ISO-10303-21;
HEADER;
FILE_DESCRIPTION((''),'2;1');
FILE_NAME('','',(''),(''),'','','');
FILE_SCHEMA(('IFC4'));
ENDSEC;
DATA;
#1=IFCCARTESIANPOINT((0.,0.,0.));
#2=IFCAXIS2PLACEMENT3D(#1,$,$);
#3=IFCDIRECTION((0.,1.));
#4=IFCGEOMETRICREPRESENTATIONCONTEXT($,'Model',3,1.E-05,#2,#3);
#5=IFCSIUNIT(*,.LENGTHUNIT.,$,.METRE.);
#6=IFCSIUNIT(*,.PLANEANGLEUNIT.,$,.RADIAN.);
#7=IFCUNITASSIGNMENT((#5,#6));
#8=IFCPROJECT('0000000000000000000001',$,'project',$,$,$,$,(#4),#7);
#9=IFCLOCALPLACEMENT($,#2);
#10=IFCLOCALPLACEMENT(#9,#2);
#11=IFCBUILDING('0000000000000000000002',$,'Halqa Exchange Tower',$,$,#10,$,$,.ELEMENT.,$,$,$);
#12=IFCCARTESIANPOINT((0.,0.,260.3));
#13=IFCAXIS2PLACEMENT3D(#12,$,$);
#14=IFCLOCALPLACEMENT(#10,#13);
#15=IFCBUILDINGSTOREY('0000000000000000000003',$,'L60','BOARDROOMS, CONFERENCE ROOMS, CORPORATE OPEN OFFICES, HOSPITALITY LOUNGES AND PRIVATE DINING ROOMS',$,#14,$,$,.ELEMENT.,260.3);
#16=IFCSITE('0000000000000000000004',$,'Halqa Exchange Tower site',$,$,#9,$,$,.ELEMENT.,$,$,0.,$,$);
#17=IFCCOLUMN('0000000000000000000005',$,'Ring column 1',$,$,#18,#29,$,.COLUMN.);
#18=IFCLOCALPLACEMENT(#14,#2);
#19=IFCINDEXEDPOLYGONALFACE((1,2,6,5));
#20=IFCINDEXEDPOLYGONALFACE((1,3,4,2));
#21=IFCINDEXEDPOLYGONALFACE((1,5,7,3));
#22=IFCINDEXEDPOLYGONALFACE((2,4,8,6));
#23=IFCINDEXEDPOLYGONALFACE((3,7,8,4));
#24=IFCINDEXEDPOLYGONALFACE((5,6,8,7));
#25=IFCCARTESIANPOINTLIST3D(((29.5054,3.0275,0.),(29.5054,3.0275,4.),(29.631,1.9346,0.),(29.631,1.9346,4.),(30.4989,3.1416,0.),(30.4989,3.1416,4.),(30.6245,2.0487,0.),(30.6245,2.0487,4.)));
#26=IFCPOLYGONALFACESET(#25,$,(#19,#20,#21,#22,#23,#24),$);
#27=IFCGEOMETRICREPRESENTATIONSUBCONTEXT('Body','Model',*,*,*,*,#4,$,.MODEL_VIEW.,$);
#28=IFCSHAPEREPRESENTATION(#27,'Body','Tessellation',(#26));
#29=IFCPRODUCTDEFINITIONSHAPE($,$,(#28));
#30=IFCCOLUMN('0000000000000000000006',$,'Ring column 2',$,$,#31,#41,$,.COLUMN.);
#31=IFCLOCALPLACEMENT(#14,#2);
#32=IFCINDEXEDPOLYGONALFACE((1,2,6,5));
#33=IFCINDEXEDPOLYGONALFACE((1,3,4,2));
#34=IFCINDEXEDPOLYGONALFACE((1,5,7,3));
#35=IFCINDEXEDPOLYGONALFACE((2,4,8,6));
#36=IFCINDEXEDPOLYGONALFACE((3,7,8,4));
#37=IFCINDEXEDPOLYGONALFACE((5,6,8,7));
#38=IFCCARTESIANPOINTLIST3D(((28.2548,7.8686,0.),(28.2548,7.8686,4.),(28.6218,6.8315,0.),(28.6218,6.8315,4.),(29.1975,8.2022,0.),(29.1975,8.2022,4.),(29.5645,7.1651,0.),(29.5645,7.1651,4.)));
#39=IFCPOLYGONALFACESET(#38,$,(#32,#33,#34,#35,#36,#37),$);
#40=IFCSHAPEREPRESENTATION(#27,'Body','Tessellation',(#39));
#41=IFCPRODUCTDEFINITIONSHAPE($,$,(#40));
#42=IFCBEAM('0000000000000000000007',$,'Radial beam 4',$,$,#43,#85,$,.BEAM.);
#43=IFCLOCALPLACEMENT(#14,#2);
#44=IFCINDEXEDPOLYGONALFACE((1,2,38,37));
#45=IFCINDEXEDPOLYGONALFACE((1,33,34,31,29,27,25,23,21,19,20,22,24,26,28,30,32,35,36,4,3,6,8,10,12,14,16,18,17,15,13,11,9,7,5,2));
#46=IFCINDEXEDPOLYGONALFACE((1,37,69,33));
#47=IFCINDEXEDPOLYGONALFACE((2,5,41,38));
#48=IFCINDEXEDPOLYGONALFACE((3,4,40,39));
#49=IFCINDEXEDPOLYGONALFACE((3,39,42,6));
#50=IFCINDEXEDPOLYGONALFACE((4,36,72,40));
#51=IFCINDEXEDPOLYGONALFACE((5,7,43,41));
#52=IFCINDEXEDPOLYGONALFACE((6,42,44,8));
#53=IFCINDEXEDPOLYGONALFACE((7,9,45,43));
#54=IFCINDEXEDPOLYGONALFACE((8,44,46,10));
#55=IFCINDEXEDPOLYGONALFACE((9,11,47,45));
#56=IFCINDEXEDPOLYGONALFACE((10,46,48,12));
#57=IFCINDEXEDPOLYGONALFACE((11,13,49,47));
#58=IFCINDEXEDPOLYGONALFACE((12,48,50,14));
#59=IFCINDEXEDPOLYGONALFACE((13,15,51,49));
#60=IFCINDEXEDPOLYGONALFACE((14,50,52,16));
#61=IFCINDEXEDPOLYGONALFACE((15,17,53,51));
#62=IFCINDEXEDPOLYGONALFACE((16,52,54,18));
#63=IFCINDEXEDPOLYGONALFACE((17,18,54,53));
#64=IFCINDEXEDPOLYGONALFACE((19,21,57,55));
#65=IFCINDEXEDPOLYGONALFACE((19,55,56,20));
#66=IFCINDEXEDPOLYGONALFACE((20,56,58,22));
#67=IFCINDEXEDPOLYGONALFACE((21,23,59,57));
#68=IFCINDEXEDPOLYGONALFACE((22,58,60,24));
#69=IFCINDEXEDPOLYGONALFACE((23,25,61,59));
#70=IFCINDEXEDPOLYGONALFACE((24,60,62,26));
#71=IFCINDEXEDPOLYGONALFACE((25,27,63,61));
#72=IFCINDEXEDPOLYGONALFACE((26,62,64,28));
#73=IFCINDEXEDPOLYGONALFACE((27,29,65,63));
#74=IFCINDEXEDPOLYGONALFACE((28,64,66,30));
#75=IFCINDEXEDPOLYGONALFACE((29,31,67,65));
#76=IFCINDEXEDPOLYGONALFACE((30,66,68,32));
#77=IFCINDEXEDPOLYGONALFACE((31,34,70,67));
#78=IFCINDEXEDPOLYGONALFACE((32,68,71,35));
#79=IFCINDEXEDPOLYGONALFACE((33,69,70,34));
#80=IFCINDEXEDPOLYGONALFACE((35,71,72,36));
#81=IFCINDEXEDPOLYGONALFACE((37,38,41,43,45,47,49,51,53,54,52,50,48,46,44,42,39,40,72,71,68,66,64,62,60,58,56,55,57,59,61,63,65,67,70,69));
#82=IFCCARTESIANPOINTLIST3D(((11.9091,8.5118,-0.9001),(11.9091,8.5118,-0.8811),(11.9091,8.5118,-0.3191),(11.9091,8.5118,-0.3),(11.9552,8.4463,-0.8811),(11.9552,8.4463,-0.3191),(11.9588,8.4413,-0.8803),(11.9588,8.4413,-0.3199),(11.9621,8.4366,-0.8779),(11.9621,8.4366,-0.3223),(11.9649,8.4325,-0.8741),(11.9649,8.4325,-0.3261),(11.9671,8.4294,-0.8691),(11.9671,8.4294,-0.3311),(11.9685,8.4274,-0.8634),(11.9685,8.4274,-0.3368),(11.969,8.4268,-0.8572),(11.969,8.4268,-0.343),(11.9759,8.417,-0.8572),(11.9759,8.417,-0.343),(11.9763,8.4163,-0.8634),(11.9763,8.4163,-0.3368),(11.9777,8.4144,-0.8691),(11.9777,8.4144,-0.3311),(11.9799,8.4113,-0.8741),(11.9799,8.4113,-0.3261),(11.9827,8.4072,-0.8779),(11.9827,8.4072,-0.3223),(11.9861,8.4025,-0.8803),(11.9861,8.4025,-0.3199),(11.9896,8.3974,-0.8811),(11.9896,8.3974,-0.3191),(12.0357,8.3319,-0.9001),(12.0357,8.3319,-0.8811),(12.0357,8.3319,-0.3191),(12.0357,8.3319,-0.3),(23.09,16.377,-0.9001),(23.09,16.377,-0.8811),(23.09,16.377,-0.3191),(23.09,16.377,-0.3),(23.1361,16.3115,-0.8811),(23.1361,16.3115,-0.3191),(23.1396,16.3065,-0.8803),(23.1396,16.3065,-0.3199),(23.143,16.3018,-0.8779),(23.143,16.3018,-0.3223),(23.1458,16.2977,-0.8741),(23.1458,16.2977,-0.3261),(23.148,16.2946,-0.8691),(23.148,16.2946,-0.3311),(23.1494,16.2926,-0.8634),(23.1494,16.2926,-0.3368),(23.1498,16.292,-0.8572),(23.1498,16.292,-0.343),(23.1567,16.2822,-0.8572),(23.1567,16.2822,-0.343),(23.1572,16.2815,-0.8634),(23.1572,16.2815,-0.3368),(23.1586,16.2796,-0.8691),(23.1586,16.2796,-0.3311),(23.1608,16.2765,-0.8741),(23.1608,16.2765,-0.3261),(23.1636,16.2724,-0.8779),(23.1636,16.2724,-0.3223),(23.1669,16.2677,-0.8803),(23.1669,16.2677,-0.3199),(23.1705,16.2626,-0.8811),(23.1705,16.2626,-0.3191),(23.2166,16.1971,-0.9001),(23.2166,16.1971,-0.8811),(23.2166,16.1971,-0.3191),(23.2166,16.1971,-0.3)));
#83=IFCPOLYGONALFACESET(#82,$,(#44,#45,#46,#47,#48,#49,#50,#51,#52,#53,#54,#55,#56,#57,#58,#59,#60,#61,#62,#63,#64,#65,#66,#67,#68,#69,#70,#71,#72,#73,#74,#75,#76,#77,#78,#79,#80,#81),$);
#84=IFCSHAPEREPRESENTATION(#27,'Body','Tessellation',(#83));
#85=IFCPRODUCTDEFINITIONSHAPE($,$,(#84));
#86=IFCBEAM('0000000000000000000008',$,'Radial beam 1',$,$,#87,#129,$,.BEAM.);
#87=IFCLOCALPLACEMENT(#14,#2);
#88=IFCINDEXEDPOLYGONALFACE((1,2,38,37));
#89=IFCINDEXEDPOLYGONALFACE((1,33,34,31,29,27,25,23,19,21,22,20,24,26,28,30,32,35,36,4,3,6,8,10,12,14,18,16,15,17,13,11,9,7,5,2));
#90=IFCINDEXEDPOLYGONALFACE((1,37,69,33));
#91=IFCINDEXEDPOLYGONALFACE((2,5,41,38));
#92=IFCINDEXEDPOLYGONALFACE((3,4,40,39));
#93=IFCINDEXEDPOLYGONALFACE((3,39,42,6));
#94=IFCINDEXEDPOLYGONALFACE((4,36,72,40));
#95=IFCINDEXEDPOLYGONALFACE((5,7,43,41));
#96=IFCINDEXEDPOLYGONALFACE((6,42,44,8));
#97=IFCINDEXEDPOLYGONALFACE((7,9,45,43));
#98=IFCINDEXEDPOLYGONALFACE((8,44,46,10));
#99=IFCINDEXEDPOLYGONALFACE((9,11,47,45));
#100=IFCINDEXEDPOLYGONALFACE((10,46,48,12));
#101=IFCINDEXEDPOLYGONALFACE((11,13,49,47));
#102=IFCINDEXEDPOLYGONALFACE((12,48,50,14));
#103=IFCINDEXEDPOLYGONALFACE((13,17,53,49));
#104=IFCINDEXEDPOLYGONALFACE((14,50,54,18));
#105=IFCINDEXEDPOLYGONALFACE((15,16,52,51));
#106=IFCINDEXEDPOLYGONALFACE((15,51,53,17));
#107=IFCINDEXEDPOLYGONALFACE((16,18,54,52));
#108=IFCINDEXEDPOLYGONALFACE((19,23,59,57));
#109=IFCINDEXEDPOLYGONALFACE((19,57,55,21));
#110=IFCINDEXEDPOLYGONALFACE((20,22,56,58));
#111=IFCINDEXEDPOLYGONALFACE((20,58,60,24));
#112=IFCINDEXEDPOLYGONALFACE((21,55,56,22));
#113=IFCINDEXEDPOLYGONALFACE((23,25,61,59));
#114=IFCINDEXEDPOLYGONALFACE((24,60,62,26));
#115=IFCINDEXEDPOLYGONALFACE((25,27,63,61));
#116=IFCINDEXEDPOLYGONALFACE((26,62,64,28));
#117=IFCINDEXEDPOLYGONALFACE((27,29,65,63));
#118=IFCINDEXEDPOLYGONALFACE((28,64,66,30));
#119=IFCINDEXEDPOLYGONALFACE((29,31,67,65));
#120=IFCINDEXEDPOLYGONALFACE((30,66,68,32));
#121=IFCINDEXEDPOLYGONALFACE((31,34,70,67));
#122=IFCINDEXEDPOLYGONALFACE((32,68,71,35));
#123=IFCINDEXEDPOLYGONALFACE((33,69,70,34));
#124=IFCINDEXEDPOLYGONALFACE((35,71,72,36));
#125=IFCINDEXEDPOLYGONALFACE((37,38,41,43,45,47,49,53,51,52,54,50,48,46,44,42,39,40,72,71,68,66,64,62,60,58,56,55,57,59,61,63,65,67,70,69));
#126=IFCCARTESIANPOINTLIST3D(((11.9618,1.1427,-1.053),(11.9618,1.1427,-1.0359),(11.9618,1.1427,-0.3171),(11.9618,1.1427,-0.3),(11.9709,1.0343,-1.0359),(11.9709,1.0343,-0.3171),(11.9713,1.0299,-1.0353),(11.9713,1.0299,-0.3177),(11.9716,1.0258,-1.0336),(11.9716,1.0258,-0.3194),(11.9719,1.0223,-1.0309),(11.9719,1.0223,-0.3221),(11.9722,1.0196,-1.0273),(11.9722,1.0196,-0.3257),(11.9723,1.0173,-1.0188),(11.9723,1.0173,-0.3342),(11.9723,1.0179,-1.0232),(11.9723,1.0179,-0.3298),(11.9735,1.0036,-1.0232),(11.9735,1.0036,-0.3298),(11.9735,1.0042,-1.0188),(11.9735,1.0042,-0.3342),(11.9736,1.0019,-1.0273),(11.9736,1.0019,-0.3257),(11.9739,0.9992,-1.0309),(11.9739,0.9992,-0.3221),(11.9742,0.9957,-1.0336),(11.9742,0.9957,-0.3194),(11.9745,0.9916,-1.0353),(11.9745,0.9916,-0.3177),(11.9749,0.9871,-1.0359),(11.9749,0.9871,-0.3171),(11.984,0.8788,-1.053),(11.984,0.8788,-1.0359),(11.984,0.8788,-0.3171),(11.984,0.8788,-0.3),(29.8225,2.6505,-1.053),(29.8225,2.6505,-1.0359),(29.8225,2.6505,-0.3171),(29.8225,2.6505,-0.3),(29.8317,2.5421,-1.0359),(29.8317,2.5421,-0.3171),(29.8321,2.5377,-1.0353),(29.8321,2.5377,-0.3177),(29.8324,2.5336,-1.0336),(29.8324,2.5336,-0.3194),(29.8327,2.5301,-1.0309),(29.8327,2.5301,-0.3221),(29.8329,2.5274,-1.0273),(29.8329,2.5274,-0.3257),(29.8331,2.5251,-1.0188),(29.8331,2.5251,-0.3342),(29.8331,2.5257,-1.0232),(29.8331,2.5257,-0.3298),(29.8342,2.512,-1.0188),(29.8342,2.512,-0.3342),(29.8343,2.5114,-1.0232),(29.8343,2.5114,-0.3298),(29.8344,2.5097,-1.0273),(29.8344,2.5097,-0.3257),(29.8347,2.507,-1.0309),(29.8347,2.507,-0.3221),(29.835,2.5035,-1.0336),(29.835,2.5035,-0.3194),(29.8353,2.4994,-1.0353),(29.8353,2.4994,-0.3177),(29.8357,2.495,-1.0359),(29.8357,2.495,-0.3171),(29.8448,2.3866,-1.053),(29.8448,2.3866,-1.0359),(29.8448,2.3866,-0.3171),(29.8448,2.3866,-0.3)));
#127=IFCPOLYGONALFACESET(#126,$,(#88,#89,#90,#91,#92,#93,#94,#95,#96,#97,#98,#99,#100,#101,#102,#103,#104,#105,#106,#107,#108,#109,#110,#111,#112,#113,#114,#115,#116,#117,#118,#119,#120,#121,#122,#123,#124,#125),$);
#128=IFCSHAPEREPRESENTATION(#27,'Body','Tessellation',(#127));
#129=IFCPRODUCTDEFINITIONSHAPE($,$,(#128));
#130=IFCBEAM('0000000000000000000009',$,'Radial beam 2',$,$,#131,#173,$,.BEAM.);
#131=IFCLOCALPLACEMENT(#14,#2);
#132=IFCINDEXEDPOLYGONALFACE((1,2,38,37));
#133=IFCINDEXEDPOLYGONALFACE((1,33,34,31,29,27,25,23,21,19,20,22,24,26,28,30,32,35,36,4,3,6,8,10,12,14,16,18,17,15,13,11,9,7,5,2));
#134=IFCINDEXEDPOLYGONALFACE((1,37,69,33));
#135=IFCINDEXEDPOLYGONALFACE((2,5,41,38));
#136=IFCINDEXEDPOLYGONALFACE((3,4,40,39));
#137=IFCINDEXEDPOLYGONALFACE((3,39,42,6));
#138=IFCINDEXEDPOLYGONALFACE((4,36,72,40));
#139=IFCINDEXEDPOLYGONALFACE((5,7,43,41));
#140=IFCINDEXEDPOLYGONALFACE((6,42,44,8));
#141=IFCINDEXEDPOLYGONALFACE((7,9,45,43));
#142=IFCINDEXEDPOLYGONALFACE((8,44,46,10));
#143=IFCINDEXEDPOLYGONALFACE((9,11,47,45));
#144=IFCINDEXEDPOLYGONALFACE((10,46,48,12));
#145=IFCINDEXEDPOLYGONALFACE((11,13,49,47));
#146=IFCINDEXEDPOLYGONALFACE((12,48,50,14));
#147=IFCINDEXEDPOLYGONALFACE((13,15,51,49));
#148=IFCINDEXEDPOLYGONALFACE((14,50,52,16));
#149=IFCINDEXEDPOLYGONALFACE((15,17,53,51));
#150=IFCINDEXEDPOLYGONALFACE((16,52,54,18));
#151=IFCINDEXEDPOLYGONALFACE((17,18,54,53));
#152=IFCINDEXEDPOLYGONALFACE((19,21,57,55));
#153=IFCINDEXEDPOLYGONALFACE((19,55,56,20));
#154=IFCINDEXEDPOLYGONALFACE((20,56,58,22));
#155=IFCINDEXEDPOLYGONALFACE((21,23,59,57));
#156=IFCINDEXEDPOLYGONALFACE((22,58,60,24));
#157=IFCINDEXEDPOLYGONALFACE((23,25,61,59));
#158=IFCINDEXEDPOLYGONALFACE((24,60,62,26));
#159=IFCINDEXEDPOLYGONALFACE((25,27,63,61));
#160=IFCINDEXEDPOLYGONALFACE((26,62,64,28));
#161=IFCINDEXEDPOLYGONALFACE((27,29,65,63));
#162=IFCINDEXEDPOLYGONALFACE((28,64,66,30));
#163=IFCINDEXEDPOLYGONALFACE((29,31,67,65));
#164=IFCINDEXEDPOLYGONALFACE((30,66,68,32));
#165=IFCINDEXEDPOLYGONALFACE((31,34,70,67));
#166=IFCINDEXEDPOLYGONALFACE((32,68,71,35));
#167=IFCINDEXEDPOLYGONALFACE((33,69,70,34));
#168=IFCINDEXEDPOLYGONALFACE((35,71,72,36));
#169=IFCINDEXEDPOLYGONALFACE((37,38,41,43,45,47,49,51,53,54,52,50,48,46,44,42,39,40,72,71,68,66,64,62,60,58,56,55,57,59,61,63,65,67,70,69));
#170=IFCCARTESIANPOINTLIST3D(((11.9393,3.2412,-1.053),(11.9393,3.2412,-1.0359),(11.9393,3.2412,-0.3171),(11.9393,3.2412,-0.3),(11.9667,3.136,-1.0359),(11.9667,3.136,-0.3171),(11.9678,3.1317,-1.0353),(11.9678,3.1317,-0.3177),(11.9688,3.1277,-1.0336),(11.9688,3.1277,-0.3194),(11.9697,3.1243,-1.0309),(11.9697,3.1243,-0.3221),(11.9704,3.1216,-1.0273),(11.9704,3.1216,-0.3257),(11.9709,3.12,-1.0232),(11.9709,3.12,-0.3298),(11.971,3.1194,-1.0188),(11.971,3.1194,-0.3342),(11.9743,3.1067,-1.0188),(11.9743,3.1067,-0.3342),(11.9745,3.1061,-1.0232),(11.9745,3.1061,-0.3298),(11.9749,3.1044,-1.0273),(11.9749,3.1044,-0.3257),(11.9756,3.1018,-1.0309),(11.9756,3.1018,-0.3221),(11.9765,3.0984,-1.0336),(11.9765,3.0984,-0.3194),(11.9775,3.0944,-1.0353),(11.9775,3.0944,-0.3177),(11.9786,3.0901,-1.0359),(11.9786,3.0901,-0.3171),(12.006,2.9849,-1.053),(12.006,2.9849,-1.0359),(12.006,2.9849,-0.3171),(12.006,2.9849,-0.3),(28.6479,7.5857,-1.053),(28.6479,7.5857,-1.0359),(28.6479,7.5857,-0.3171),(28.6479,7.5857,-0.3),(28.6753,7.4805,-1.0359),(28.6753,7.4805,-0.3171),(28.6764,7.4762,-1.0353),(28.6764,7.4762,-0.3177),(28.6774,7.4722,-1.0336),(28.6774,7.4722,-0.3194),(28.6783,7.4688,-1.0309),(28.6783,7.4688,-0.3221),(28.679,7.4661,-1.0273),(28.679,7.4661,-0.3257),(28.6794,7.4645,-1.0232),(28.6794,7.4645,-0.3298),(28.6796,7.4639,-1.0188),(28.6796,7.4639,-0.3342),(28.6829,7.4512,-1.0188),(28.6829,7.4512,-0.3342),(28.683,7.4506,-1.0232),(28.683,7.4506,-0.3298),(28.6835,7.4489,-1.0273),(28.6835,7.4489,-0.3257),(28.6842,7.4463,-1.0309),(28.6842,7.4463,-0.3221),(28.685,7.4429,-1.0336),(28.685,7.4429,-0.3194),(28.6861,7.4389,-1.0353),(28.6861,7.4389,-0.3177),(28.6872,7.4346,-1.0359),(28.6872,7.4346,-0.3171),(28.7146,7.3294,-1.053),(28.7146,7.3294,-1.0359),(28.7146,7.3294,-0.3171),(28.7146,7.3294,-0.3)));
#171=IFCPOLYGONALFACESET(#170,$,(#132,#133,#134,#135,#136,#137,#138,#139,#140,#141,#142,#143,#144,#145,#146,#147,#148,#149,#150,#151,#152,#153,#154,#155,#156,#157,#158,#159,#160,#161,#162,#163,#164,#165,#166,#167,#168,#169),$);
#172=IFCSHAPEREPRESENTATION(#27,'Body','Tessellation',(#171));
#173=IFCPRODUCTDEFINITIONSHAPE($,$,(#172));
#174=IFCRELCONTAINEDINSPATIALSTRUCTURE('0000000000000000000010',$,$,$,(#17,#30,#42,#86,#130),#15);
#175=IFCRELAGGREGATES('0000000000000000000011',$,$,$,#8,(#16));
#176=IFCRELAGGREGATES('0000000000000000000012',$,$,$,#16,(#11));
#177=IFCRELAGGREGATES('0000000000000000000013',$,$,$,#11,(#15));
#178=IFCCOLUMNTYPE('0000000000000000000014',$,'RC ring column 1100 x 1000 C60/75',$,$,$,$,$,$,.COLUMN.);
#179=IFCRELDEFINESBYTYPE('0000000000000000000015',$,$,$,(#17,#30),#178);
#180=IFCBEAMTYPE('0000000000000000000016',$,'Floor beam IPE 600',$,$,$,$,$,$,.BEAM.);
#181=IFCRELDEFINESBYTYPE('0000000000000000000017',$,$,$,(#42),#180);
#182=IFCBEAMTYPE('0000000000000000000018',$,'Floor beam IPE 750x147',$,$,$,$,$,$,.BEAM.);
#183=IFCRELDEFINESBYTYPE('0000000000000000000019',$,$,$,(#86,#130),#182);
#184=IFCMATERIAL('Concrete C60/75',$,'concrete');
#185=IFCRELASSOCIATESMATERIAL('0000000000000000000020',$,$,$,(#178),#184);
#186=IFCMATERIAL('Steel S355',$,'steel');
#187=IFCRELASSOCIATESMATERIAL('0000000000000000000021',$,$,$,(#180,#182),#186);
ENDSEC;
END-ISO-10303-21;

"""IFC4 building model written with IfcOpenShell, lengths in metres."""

from ifc_helpers import new_model, si_unit, direction, frame, origin, origin_2d, place, context, subcontext, project, spatial, rectangle, i_section, extrude, material, material_profile, profile_set, type_object, element, save


model = new_model("IFC4")

# Units and contexts
model_context = context("Model", 3, precision=1e-05, world=origin(), true_north=direction((0.0, 1.0)))
body_context = subcontext(model_context, "Body", "Model", "MODEL_VIEW")
ifc_project = project(units=[si_unit("LENGTHUNIT", "METRE"), si_unit("PLANEANGLEUNIT", "RADIAN")], contexts=[model_context])

# Site, building, storey
site_placement = place(None, origin())
site = spatial("IfcSite", under=ifc_project, at=site_placement, Name="Halqa Exchange Tower site", CompositionType="ELEMENT", RefElevation=0.0)
building_placement = place(site_placement, origin())
building = spatial("IfcBuilding", under=site, at=building_placement, Name="Halqa Exchange Tower", CompositionType="ELEMENT")
storey_placement = place(building_placement, frame((0.0, 0.0, 260.3)))
storey = spatial("IfcBuildingStorey", under=building, at=storey_placement, Name="L60", Description="BOARDROOMS, CONFERENCE ROOMS, CORPORATE OPEN OFFICES, HOSPITALITY LOUNGES AND PRIVATE DINING ROOMS", CompositionType="ELEMENT", Elevation=260.3)

# Columns
ifc_material_1 = material(Name="Concrete C60/75", Category="concrete")
ifc_material_profile_1 = material_profile(ifc_material_1, rectangle(XDim=1.1001, YDim=1.0, at=origin_2d()), Name="1100 x 1000")
ifc_profile_set_1 = profile_set([ifc_material_profile_1], Name="Concrete C60/75")
column_type = type_object("IfcColumnType", Name="RC ring column 1100 x 1000 C60/75", PredefinedType="COLUMN", material=ifc_profile_set_1)
for number, where, z_axis, x_axis, name in (
    (1, (30.0649, 2.5381, 0.0), (0.0, 0.0, 1.0), (-0.114159, 0.993463, 0.0), "Ring column 1"),
    (2, (28.9097, 7.5168, 0.0), (0.0, 0.0, 1.0), (-0.333623, 0.942707, 0.0), "Ring column 2"),
):
    element("IfcColumn", number, at=place(storey_placement, frame(where, z_axis=z_axis, x_axis=x_axis)), inside=storey, type_object=column_type, Name=name, PredefinedType="COLUMN", context=body_context, shape_type="SweptSolid", body=[
        extrude(rectangle(XDim=1.1001, YDim=1.0, at=origin_2d()), origin(), (0.0, 0.0, 1.0), 4.0),
    ])

# Beams
ifc_material_2 = material(Name="Steel S355", Category="steel")
ifc_material_profile_2 = material_profile(ifc_material_2, i_section(OverallWidth=0.22, OverallDepth=0.6001, WebThickness=0.012, FlangeThickness=0.019, FilletRadius=0.0239, at=origin_2d()), Name="IPE 600")
ifc_profile_set_2 = profile_set([ifc_material_profile_2], Name="Steel S355")
beam_type_1 = type_object("IfcBeamType", Name="Floor beam IPE 600", PredefinedType="BEAM", material=ifc_profile_set_2)
beam_1_placement = place(storey_placement, frame((11.9724, 8.4219, -0.6001), z_axis=(0.817903, 0.575356, 0.0), x_axis=(-0.575356, 0.817903, 0.0)))
element("IfcBeam", 3, at=beam_1_placement, inside=storey, type_object=beam_type_1, Name="Radial beam 4", PredefinedType="BEAM", context=body_context, shape_type="SweptSolid", body=[
    extrude(i_section(OverallWidth=0.22, OverallDepth=0.6001, WebThickness=0.012, FlangeThickness=0.019, FilletRadius=0.0239, at=origin_2d()), origin(), (0.0, 0.0, 1.0), 13.6702),
])
ifc_material_profile_3 = material_profile(ifc_material_2, i_section(OverallWidth=0.2649, OverallDepth=0.7529, WebThickness=0.0132, FlangeThickness=0.0171, FilletRadius=0.0171, at=origin_2d()), Name="IPE 750x147")
ifc_profile_set_3 = profile_set([ifc_material_profile_3], Name="Steel S355")
beam_type_2 = type_object("IfcBeamType", Name="Floor beam IPE 750x147", PredefinedType="BEAM", material=ifc_profile_set_3)
beam_2_placement = place(storey_placement, frame((11.9729, 1.0107, -0.6765), z_axis=(0.996456, 0.084121, 0.0), x_axis=(-0.084121, 0.996456, 0.0)))
element("IfcBeam", 4, at=beam_2_placement, inside=storey, type_object=beam_type_2, Name="Radial beam 1", PredefinedType="BEAM", context=body_context, shape_type="SweptSolid", body=[
    extrude(i_section(OverallWidth=0.2649, OverallDepth=0.7529, WebThickness=0.0132, FlangeThickness=0.0171, FilletRadius=0.0171, at=origin_2d()), origin(), (0.0, 0.0, 1.0), 17.9243),
])
beam_3_placement = place(storey_placement, frame((11.9727, 3.113, -0.6765), z_axis=(0.967819, 0.251649, 0.0), x_axis=(-0.251649, 0.967819, 0.0)))
element("IfcBeam", 5, at=beam_3_placement, inside=storey, type_object=beam_type_2, Name="Radial beam 2", PredefinedType="BEAM", context=body_context, shape_type="SweptSolid", body=[
    extrude(i_section(OverallWidth=0.2649, OverallDepth=0.7529, WebThickness=0.0132, FlangeThickness=0.0171, FilletRadius=0.0171, at=origin_2d()), origin(), (0.0, 0.0, 1.0), 17.2642),
])

save(model, "model.ifc")
